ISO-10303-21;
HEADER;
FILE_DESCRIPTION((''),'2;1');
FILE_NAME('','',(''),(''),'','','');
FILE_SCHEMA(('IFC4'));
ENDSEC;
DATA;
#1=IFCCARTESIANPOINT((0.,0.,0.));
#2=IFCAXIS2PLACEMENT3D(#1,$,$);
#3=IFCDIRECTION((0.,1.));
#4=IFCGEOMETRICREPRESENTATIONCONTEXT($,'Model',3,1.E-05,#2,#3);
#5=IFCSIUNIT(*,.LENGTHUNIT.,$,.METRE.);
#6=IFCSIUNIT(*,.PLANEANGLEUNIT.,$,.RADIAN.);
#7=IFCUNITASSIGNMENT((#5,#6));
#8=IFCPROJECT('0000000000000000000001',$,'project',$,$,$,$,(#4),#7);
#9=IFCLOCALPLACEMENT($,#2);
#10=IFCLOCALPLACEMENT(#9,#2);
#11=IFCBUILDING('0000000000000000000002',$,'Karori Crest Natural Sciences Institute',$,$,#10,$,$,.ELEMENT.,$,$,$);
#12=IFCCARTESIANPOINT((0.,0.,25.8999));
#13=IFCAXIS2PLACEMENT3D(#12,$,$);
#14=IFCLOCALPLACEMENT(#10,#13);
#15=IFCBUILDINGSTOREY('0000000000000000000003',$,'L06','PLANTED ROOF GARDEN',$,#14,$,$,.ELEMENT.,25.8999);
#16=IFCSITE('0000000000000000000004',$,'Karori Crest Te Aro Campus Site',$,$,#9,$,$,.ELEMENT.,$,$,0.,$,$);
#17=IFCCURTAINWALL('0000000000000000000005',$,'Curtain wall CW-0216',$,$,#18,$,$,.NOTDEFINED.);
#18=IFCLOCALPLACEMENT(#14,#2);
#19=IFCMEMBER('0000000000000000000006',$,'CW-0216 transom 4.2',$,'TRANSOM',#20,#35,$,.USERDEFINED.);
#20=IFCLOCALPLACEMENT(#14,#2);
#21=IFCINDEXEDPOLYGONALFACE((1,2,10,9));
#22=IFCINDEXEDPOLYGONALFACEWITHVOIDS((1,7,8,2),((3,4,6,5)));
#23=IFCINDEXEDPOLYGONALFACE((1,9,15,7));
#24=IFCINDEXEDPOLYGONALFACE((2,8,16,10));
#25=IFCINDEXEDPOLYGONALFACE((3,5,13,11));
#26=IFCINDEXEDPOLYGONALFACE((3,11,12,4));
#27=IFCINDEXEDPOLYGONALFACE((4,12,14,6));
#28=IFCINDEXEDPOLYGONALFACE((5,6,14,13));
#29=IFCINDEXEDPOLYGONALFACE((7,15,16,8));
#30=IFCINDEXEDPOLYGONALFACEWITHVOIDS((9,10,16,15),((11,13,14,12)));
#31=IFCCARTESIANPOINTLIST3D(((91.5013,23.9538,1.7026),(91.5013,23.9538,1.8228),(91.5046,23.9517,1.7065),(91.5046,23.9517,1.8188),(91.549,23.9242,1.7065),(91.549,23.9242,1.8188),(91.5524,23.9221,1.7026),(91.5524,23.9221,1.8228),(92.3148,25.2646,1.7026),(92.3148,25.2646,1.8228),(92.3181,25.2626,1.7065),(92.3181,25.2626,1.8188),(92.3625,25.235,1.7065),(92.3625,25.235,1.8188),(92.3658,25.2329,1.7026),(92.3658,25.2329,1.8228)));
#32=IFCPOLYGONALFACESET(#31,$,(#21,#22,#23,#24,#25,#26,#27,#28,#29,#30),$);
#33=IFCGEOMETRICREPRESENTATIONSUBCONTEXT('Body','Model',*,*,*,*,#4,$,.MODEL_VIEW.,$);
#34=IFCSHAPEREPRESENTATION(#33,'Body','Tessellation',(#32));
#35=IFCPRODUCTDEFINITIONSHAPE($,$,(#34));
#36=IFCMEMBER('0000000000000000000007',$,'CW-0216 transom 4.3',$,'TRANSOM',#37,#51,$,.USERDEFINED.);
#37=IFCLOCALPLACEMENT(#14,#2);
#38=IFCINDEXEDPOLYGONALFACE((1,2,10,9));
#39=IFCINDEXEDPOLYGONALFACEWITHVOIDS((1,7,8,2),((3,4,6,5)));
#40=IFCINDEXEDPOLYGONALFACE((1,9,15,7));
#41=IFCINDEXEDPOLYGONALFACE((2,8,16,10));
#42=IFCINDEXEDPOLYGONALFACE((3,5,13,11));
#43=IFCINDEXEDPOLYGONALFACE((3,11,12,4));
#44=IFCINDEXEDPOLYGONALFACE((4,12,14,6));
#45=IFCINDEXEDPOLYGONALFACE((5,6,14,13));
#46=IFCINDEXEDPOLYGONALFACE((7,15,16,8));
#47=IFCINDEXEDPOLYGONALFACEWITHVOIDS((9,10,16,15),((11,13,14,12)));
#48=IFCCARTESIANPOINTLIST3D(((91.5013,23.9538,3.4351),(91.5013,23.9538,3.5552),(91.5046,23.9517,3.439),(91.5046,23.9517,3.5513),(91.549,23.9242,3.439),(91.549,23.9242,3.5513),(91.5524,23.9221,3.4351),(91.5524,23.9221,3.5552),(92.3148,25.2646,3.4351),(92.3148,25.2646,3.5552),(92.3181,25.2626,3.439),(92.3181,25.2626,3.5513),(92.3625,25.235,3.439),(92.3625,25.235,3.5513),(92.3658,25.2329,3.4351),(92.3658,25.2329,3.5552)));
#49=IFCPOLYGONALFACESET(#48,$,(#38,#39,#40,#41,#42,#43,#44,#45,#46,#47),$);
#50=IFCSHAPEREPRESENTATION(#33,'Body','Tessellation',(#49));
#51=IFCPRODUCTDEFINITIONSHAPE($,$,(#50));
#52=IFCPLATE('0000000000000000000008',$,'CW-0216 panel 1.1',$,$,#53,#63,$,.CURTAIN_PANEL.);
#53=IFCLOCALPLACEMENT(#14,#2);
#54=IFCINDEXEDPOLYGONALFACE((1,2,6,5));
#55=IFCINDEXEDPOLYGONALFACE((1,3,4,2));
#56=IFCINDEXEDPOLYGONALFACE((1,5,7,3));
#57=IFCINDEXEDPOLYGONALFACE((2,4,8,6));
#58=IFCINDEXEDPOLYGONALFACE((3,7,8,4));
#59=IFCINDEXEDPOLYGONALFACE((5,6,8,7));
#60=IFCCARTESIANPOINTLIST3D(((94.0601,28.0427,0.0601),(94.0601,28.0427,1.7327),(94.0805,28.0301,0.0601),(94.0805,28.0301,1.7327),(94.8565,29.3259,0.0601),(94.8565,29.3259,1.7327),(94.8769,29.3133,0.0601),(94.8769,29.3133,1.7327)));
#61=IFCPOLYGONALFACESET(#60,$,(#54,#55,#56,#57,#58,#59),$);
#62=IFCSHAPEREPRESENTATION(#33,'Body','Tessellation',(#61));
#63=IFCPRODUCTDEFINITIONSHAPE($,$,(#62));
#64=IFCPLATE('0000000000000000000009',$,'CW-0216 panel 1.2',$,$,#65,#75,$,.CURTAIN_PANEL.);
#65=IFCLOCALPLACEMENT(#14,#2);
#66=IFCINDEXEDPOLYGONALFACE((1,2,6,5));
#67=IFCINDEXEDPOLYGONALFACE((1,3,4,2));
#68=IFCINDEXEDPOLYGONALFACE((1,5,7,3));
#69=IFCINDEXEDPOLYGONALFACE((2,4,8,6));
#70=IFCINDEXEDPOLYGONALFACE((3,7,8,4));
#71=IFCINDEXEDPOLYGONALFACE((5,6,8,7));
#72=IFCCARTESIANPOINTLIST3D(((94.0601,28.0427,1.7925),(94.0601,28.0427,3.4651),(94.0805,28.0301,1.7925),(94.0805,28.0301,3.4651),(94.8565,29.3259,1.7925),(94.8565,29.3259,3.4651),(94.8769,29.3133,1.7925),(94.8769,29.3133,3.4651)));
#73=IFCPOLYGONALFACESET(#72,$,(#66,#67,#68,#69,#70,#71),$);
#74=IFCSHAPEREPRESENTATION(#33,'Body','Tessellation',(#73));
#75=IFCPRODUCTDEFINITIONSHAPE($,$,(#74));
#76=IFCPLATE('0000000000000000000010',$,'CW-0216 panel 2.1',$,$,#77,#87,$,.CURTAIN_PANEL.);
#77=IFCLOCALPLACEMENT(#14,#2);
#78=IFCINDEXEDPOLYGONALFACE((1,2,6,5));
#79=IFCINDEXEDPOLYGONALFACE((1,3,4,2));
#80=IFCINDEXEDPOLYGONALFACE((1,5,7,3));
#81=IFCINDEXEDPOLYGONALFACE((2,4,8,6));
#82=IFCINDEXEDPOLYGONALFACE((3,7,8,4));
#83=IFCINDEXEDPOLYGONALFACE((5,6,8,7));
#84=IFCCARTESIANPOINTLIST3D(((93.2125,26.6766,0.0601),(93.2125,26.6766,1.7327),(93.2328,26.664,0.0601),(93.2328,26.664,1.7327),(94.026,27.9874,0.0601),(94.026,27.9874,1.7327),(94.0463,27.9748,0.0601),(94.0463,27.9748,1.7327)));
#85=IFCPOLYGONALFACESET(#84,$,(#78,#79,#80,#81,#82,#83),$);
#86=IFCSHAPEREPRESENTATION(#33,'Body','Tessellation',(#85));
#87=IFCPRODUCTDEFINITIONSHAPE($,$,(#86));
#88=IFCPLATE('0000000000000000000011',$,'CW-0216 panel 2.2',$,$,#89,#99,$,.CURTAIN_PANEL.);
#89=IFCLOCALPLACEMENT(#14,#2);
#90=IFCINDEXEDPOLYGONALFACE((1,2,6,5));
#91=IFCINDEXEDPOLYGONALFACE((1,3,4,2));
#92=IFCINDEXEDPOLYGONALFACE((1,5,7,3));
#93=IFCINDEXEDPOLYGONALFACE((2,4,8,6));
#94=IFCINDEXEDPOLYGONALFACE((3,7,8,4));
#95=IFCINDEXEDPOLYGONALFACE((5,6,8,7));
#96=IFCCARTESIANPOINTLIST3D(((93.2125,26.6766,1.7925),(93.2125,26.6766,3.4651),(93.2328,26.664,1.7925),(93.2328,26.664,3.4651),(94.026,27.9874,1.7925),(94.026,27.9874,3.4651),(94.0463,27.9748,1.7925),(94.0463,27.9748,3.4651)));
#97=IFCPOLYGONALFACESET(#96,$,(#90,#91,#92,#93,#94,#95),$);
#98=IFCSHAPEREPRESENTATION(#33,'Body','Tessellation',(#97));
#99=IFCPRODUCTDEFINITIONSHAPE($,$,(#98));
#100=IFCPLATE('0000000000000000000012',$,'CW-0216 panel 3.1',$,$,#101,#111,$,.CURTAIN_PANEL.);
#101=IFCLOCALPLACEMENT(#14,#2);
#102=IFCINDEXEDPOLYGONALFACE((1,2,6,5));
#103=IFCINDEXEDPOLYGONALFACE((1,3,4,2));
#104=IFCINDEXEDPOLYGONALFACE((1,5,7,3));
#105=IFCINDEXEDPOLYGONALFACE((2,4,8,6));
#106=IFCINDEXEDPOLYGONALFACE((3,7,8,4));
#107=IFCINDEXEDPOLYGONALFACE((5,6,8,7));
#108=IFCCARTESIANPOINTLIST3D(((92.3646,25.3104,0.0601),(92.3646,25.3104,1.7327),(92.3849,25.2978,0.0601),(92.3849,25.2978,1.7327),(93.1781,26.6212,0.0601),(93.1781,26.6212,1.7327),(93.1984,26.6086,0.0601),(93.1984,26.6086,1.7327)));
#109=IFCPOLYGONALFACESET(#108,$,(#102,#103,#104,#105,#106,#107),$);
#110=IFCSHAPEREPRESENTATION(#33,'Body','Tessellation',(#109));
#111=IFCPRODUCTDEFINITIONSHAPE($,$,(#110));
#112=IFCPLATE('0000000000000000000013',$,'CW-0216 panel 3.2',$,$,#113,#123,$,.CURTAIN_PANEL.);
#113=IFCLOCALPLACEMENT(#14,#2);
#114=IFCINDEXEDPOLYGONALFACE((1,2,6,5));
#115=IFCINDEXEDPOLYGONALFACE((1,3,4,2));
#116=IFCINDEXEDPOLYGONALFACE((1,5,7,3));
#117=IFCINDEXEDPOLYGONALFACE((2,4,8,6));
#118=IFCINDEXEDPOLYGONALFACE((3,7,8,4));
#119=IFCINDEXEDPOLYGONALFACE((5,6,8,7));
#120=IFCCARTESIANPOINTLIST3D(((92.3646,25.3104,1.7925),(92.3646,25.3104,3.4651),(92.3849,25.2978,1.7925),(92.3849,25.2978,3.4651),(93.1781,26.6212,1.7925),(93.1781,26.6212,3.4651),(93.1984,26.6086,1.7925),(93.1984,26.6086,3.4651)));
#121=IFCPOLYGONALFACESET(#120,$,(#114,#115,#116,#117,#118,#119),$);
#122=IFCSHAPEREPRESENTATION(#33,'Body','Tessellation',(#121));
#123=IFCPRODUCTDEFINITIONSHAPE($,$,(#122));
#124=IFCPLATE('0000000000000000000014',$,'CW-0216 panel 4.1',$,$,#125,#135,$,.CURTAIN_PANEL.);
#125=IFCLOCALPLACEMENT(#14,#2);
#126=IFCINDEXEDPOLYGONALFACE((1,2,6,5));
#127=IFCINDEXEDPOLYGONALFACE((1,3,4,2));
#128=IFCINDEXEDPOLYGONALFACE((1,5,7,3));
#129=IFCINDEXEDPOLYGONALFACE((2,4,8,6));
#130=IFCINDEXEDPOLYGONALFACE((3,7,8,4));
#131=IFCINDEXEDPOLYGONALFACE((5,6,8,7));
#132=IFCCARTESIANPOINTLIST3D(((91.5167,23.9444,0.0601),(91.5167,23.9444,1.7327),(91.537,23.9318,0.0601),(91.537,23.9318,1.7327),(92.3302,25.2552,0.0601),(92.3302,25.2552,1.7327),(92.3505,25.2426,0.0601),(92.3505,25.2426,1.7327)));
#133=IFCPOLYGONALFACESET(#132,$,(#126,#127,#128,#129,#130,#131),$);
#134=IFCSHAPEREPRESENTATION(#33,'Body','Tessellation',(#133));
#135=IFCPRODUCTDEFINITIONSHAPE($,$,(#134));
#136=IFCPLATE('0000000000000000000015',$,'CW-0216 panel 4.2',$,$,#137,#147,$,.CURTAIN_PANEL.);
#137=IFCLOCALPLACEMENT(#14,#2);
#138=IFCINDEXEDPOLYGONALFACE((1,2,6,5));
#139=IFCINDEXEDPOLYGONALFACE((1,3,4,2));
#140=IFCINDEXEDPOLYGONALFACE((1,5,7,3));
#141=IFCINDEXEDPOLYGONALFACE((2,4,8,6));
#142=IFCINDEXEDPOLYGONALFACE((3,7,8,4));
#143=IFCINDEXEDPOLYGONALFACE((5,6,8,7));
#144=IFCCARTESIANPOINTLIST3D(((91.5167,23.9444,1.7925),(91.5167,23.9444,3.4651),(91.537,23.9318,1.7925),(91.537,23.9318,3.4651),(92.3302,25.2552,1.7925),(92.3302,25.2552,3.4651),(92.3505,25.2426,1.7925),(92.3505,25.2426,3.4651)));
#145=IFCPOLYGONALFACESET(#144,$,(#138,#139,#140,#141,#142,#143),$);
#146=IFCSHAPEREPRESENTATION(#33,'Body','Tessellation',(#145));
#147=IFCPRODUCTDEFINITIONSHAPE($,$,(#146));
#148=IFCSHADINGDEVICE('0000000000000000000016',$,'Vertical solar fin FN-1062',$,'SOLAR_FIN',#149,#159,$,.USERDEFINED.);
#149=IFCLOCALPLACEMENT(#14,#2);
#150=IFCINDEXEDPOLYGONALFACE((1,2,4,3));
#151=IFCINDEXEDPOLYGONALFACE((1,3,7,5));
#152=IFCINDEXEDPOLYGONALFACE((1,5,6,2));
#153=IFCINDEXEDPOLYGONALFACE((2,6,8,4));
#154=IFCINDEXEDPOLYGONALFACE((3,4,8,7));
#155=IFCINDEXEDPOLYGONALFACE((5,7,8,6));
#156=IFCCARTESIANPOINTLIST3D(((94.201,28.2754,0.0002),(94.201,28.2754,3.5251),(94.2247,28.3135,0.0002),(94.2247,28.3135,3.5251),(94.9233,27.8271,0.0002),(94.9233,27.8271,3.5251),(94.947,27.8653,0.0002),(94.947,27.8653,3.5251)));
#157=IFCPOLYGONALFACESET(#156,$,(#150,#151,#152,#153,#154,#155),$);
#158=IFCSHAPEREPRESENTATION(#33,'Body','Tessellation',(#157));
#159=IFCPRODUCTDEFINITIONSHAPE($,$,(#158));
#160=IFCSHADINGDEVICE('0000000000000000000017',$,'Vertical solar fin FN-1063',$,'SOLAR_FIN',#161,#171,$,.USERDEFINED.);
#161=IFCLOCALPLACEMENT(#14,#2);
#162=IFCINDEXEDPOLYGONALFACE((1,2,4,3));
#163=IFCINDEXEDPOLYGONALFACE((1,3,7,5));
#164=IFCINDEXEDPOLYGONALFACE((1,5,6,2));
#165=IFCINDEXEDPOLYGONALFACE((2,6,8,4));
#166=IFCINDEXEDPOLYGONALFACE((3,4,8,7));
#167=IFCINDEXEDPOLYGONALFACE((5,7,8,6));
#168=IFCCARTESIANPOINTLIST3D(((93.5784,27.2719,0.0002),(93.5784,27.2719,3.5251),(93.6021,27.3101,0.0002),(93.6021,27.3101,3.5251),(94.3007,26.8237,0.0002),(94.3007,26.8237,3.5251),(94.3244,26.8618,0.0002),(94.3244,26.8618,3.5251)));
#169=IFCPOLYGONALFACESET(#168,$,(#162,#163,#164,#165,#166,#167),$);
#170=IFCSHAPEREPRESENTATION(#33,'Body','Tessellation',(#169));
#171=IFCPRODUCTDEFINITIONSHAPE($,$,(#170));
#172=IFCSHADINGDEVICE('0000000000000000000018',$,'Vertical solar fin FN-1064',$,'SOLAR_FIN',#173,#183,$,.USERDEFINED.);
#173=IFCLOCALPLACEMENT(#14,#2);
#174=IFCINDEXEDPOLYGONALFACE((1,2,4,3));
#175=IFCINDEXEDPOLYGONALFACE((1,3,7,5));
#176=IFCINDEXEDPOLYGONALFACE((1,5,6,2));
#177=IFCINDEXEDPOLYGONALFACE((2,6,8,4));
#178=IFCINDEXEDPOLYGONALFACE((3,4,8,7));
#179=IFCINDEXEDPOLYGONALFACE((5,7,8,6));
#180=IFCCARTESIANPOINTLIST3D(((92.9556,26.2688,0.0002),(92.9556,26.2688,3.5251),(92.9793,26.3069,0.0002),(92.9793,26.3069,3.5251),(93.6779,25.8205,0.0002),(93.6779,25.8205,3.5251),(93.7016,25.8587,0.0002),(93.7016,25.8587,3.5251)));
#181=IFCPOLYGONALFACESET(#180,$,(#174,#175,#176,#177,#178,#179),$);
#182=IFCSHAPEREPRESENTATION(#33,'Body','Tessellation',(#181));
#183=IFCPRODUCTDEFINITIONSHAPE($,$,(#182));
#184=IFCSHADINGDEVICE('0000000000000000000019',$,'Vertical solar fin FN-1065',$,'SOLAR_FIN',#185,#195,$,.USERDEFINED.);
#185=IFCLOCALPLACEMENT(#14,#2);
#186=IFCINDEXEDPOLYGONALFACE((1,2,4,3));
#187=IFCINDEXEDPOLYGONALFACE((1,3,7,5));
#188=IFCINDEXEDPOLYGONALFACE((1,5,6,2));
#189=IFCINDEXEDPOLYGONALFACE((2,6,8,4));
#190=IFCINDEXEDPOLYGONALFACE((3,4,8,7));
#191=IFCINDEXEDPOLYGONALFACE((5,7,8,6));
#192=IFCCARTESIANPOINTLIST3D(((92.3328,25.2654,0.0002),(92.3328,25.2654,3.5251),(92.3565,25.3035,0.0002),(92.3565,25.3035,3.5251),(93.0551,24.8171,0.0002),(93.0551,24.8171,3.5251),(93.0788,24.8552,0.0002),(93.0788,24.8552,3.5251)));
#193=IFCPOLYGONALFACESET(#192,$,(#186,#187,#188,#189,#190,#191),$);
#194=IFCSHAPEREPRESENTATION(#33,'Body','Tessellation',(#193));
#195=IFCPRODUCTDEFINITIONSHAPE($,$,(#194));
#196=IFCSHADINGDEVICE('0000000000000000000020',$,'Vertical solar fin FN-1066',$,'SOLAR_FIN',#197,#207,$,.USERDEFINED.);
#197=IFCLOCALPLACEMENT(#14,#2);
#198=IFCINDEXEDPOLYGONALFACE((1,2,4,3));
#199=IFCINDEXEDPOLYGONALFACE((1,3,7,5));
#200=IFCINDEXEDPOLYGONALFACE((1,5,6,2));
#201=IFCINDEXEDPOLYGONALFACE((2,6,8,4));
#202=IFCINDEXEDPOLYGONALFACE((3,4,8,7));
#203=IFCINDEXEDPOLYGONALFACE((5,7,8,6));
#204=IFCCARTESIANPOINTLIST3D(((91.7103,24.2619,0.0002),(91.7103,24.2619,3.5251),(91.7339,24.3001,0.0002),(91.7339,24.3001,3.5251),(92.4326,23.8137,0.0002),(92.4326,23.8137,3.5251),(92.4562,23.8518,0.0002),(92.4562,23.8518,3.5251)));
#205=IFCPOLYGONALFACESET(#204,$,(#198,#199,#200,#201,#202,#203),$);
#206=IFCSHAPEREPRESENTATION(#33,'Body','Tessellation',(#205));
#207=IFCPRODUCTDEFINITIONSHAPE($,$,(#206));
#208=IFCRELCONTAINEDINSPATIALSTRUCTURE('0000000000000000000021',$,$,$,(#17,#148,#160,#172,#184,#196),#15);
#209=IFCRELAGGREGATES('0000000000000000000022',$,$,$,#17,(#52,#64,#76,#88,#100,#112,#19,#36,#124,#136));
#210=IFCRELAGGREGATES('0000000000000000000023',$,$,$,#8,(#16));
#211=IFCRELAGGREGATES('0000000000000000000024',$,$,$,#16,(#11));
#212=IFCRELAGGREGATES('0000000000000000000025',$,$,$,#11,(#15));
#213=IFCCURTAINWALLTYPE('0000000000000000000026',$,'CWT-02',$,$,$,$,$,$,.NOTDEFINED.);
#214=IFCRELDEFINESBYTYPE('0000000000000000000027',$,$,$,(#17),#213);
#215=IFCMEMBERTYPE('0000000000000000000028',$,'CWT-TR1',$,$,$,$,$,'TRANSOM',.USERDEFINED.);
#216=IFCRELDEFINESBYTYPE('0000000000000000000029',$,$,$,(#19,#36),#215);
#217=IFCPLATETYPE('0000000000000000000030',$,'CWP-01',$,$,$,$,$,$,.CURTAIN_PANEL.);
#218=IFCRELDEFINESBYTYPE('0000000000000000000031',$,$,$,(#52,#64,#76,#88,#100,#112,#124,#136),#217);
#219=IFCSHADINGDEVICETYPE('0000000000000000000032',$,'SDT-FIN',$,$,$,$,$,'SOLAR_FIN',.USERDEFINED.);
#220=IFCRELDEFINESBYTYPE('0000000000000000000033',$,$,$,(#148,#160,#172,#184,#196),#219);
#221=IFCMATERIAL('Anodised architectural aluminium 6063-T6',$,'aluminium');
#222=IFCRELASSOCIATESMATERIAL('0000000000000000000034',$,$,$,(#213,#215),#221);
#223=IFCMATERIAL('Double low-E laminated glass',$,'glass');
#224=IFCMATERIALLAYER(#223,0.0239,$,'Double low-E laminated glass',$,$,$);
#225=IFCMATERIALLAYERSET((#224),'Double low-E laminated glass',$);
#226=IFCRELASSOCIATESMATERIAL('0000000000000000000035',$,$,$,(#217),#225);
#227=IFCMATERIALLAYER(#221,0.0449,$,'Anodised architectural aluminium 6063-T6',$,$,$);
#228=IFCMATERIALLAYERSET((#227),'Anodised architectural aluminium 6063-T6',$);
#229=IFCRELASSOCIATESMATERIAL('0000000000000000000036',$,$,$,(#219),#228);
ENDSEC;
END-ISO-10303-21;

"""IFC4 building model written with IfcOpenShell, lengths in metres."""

from ifc_helpers import new_model, si_unit, direction, frame, origin, origin_2d, place, context, subcontext, project, spatial, rectangle, hollow_rectangle, extrude, material, layer, layer_set, material_profile, profile_set, type_object, element, aggregate, save


model = new_model("IFC4")

# Units and contexts
model_context = context("Model", 3, precision=1e-05, world=origin(), true_north=direction((0.0, 1.0)))
body_context = subcontext(model_context, "Body", "Model", "MODEL_VIEW")
ifc_project = project(units=[si_unit("LENGTHUNIT", "METRE"), si_unit("PLANEANGLEUNIT", "RADIAN")], contexts=[model_context])

# Site, building, storey
site_placement = place(None, origin())
site = spatial("IfcSite", under=ifc_project, at=site_placement, Name="Karori Crest Te Aro Campus Site", CompositionType="ELEMENT", RefElevation=0.0)
building_placement = place(site_placement, origin())
building = spatial("IfcBuilding", under=site, at=building_placement, Name="Karori Crest Natural Sciences Institute", CompositionType="ELEMENT")
storey_placement = place(building_placement, frame((0.0, 0.0, 25.8999)))
storey = spatial("IfcBuildingStorey", under=building, at=storey_placement, Name="L06", Description="PLANTED ROOF GARDEN", CompositionType="ELEMENT", Elevation=25.8999)

# Curtain wall, members, plates
ifc_material_1 = material(Name="Anodised architectural aluminium 6063-T6", Category="aluminium")
curtain_wall_type = type_object("IfcCurtainWallType", Name="CWT-02", PredefinedType="NOTDEFINED", material=ifc_material_1)
curtain_wall_placement = place(storey_placement, origin())
curtain_wall = element("IfcCurtainWall", 1, at=curtain_wall_placement, inside=storey, type_object=curtain_wall_type, Name="Curtain wall CW-0216", PredefinedType="NOTDEFINED")
ifc_material_profile_1 = material_profile(ifc_material_1, hollow_rectangle(XDim=0.0601, YDim=0.1201, WallThickness=0.0039, at=origin_2d()), Name="CWT120x60x4")
ifc_profile_set_1 = profile_set([ifc_material_profile_1], Name="Anodised architectural aluminium 6063-T6")
member_type_1 = type_object("IfcMemberType", Name="CWT-TR1", ElementType="TRANSOM", PredefinedType="USERDEFINED", material=ifc_profile_set_1)
member_1_placement = place(storey_placement, frame((92.3403, 25.2488, 1.7627), z_axis=(-0.527308, -0.849674, 0.0), x_axis=(0.849674, -0.527308, 0.0)))
member_1 = element("IfcMember", 2, at=member_1_placement, type_object=member_type_1, Name="CW-0216 transom 4.2", ObjectType="TRANSOM", PredefinedType="USERDEFINED", context=body_context, shape_type="SweptSolid", body=[
    extrude(hollow_rectangle(XDim=0.0601, YDim=0.1201, WallThickness=0.0039, at=origin_2d()), origin(), (0.0, 0.0, 1.0), 1.5427),
])
member_2_placement = place(storey_placement, frame((92.3403, 25.2488, 3.4951), z_axis=(-0.527308, -0.849674, 0.0), x_axis=(0.849674, -0.527308, 0.0)))
member_2 = element("IfcMember", 3, at=member_2_placement, type_object=member_type_1, Name="CW-0216 transom 4.3", ObjectType="TRANSOM", PredefinedType="USERDEFINED", context=body_context, shape_type="SweptSolid", body=[
    extrude(hollow_rectangle(XDim=0.0601, YDim=0.1201, WallThickness=0.0039, at=origin_2d()), origin(), (0.0, 0.0, 1.0), 1.5427),
])
ifc_material_2 = material(Name="Double low-E laminated glass", Category="glass")
ifc_layer_1 = layer(ifc_material_2, 0.0239, Name="Double low-E laminated glass")
ifc_layer_set_1 = layer_set([ifc_layer_1], Name="Double low-E laminated glass")
plate_type = type_object("IfcPlateType", Name="CWP-01", PredefinedType="CURTAIN_PANEL", material=ifc_layer_set_1)
plate_1_placement = place(storey_placement, frame((94.4685, 28.678, 0.0601), z_axis=(0.0, 0.0, 1.0), x_axis=(-0.527324, -0.849664, 0.0)))
plate_1 = element("IfcPlate", 4, at=plate_1_placement, type_object=plate_type, Name="CW-0216 panel 1.1", PredefinedType="CURTAIN_PANEL", context=body_context, shape_type="SweptSolid", body=[
    extrude(rectangle(XDim=1.5103, YDim=0.0239, at=origin_2d()), origin(), (0.0, 0.0, 1.0), 1.6726),
])
plate_2_placement = place(storey_placement, frame((94.4685, 28.678, 1.7925), z_axis=(0.0, 0.0, 1.0), x_axis=(-0.527324, -0.849664, 0.0)))
plate_2 = element("IfcPlate", 5, at=plate_2_placement, type_object=plate_type, Name="CW-0216 panel 1.2", PredefinedType="CURTAIN_PANEL", context=body_context, shape_type="SweptSolid", body=[
    extrude(rectangle(XDim=1.5103, YDim=0.0239, at=origin_2d()), origin(), (0.0, 0.0, 1.0), 1.6726),
])
plate_3_placement = place(storey_placement, frame((93.6294, 27.3257, 0.0601), z_axis=(0.0, 0.0, 1.0), x_axis=(-0.527324, -0.849664, 0.0)))
plate_3 = element("IfcPlate", 6, at=plate_3_placement, type_object=plate_type, Name="CW-0216 panel 2.1", PredefinedType="CURTAIN_PANEL", context=body_context, shape_type="SweptSolid", body=[
    extrude(rectangle(XDim=1.5427, YDim=0.0239, at=origin_2d()), origin(), (0.0, 0.0, 1.0), 1.6726),
])
plate_4_placement = place(storey_placement, frame((93.6294, 27.3257, 1.7925), z_axis=(0.0, 0.0, 1.0), x_axis=(-0.527324, -0.849664, 0.0)))
plate_4 = element("IfcPlate", 7, at=plate_4_placement, type_object=plate_type, Name="CW-0216 panel 2.2", PredefinedType="CURTAIN_PANEL", context=body_context, shape_type="SweptSolid", body=[
    extrude(rectangle(XDim=1.5427, YDim=0.0239, at=origin_2d()), origin(), (0.0, 0.0, 1.0), 1.6726),
])
plate_5_placement = place(storey_placement, frame((92.7815, 25.9595, 0.0601), z_axis=(0.0, 0.0, 1.0), x_axis=(-0.527324, -0.849664, 0.0)))
plate_5 = element("IfcPlate", 8, at=plate_5_placement, type_object=plate_type, Name="CW-0216 panel 3.1", PredefinedType="CURTAIN_PANEL", context=body_context, shape_type="SweptSolid", body=[
    extrude(rectangle(XDim=1.5427, YDim=0.0239, at=origin_2d()), origin(), (0.0, 0.0, 1.0), 1.6726),
])
plate_6_placement = place(storey_placement, frame((92.7815, 25.9595, 1.7925), z_axis=(0.0, 0.0, 1.0), x_axis=(-0.527324, -0.849664, 0.0)))
plate_6 = element("IfcPlate", 9, at=plate_6_placement, type_object=plate_type, Name="CW-0216 panel 3.2", PredefinedType="CURTAIN_PANEL", context=body_context, shape_type="SweptSolid", body=[
    extrude(rectangle(XDim=1.5427, YDim=0.0239, at=origin_2d()), origin(), (0.0, 0.0, 1.0), 1.6726),
])
plate_7_placement = place(storey_placement, frame((91.9336, 24.5935, 0.0601), z_axis=(0.0, 0.0, 1.0), x_axis=(-0.527324, -0.849664, 0.0)))
plate_7 = element("IfcPlate", 10, at=plate_7_placement, type_object=plate_type, Name="CW-0216 panel 4.1", PredefinedType="CURTAIN_PANEL", context=body_context, shape_type="SweptSolid", body=[
    extrude(rectangle(XDim=1.5427, YDim=0.0239, at=origin_2d()), origin(), (0.0, 0.0, 1.0), 1.6726),
])
plate_8_placement = place(storey_placement, frame((91.9336, 24.5935, 1.7925), z_axis=(0.0, 0.0, 1.0), x_axis=(-0.527324, -0.849664, 0.0)))
plate_8 = element("IfcPlate", 11, at=plate_8_placement, type_object=plate_type, Name="CW-0216 panel 4.2", PredefinedType="CURTAIN_PANEL", context=body_context, shape_type="SweptSolid", body=[
    extrude(rectangle(XDim=1.5427, YDim=0.0239, at=origin_2d()), origin(), (0.0, 0.0, 1.0), 1.6726),
])
aggregate(curtain_wall, [plate_1, plate_2, plate_3, plate_4, plate_5, plate_6, member_1, member_2, plate_7, plate_8])

# Shading devices
ifc_layer_2 = layer(ifc_material_1, 0.0449, Name="Anodised architectural aluminium 6063-T6")
ifc_layer_set_2 = layer_set([ifc_layer_2], Name="Anodised architectural aluminium 6063-T6")
shading_device_type = type_object("IfcShadingDeviceType", Name="SDT-FIN", ElementType="SOLAR_FIN", PredefinedType="USERDEFINED", material=ifc_layer_set_2)
for number, where, z_axis, x_axis, name in (
    (12, (94.574, 28.0703, 0.0002), (0.0, 0.0, 1.0), (0.849665, -0.527324, 0.0), "Vertical solar fin FN-1062"),
    (13, (93.9514, 27.0669, 0.0002), (0.0, 0.0, 1.0), (0.849665, -0.527324, 0.0), "Vertical solar fin FN-1063"),
    (14, (93.3286, 26.0637, 0.0002), (0.0, 0.0, 1.0), (0.849665, -0.527324, 0.0), "Vertical solar fin FN-1064"),
    (15, (92.7058, 25.0603, 0.0002), (0.0, 0.0, 1.0), (0.849665, -0.527324, 0.0), "Vertical solar fin FN-1065"),
    (16, (92.0833, 24.0569, 0.0002), (0.0, 0.0, 1.0), (0.849665, -0.527324, 0.0), "Vertical solar fin FN-1066"),
):
    element("IfcShadingDevice", number, at=place(storey_placement, frame(where, z_axis=z_axis, x_axis=x_axis)), inside=storey, type_object=shading_device_type, Name=name, ObjectType="SOLAR_FIN", PredefinedType="USERDEFINED", context=body_context, shape_type="SweptSolid", body=[
        extrude(rectangle(XDim=0.8501, YDim=0.0449, at=origin_2d()), origin(), (0.0, 0.0, 1.0), 3.5249),
    ])

save(model, "model.ifc")
